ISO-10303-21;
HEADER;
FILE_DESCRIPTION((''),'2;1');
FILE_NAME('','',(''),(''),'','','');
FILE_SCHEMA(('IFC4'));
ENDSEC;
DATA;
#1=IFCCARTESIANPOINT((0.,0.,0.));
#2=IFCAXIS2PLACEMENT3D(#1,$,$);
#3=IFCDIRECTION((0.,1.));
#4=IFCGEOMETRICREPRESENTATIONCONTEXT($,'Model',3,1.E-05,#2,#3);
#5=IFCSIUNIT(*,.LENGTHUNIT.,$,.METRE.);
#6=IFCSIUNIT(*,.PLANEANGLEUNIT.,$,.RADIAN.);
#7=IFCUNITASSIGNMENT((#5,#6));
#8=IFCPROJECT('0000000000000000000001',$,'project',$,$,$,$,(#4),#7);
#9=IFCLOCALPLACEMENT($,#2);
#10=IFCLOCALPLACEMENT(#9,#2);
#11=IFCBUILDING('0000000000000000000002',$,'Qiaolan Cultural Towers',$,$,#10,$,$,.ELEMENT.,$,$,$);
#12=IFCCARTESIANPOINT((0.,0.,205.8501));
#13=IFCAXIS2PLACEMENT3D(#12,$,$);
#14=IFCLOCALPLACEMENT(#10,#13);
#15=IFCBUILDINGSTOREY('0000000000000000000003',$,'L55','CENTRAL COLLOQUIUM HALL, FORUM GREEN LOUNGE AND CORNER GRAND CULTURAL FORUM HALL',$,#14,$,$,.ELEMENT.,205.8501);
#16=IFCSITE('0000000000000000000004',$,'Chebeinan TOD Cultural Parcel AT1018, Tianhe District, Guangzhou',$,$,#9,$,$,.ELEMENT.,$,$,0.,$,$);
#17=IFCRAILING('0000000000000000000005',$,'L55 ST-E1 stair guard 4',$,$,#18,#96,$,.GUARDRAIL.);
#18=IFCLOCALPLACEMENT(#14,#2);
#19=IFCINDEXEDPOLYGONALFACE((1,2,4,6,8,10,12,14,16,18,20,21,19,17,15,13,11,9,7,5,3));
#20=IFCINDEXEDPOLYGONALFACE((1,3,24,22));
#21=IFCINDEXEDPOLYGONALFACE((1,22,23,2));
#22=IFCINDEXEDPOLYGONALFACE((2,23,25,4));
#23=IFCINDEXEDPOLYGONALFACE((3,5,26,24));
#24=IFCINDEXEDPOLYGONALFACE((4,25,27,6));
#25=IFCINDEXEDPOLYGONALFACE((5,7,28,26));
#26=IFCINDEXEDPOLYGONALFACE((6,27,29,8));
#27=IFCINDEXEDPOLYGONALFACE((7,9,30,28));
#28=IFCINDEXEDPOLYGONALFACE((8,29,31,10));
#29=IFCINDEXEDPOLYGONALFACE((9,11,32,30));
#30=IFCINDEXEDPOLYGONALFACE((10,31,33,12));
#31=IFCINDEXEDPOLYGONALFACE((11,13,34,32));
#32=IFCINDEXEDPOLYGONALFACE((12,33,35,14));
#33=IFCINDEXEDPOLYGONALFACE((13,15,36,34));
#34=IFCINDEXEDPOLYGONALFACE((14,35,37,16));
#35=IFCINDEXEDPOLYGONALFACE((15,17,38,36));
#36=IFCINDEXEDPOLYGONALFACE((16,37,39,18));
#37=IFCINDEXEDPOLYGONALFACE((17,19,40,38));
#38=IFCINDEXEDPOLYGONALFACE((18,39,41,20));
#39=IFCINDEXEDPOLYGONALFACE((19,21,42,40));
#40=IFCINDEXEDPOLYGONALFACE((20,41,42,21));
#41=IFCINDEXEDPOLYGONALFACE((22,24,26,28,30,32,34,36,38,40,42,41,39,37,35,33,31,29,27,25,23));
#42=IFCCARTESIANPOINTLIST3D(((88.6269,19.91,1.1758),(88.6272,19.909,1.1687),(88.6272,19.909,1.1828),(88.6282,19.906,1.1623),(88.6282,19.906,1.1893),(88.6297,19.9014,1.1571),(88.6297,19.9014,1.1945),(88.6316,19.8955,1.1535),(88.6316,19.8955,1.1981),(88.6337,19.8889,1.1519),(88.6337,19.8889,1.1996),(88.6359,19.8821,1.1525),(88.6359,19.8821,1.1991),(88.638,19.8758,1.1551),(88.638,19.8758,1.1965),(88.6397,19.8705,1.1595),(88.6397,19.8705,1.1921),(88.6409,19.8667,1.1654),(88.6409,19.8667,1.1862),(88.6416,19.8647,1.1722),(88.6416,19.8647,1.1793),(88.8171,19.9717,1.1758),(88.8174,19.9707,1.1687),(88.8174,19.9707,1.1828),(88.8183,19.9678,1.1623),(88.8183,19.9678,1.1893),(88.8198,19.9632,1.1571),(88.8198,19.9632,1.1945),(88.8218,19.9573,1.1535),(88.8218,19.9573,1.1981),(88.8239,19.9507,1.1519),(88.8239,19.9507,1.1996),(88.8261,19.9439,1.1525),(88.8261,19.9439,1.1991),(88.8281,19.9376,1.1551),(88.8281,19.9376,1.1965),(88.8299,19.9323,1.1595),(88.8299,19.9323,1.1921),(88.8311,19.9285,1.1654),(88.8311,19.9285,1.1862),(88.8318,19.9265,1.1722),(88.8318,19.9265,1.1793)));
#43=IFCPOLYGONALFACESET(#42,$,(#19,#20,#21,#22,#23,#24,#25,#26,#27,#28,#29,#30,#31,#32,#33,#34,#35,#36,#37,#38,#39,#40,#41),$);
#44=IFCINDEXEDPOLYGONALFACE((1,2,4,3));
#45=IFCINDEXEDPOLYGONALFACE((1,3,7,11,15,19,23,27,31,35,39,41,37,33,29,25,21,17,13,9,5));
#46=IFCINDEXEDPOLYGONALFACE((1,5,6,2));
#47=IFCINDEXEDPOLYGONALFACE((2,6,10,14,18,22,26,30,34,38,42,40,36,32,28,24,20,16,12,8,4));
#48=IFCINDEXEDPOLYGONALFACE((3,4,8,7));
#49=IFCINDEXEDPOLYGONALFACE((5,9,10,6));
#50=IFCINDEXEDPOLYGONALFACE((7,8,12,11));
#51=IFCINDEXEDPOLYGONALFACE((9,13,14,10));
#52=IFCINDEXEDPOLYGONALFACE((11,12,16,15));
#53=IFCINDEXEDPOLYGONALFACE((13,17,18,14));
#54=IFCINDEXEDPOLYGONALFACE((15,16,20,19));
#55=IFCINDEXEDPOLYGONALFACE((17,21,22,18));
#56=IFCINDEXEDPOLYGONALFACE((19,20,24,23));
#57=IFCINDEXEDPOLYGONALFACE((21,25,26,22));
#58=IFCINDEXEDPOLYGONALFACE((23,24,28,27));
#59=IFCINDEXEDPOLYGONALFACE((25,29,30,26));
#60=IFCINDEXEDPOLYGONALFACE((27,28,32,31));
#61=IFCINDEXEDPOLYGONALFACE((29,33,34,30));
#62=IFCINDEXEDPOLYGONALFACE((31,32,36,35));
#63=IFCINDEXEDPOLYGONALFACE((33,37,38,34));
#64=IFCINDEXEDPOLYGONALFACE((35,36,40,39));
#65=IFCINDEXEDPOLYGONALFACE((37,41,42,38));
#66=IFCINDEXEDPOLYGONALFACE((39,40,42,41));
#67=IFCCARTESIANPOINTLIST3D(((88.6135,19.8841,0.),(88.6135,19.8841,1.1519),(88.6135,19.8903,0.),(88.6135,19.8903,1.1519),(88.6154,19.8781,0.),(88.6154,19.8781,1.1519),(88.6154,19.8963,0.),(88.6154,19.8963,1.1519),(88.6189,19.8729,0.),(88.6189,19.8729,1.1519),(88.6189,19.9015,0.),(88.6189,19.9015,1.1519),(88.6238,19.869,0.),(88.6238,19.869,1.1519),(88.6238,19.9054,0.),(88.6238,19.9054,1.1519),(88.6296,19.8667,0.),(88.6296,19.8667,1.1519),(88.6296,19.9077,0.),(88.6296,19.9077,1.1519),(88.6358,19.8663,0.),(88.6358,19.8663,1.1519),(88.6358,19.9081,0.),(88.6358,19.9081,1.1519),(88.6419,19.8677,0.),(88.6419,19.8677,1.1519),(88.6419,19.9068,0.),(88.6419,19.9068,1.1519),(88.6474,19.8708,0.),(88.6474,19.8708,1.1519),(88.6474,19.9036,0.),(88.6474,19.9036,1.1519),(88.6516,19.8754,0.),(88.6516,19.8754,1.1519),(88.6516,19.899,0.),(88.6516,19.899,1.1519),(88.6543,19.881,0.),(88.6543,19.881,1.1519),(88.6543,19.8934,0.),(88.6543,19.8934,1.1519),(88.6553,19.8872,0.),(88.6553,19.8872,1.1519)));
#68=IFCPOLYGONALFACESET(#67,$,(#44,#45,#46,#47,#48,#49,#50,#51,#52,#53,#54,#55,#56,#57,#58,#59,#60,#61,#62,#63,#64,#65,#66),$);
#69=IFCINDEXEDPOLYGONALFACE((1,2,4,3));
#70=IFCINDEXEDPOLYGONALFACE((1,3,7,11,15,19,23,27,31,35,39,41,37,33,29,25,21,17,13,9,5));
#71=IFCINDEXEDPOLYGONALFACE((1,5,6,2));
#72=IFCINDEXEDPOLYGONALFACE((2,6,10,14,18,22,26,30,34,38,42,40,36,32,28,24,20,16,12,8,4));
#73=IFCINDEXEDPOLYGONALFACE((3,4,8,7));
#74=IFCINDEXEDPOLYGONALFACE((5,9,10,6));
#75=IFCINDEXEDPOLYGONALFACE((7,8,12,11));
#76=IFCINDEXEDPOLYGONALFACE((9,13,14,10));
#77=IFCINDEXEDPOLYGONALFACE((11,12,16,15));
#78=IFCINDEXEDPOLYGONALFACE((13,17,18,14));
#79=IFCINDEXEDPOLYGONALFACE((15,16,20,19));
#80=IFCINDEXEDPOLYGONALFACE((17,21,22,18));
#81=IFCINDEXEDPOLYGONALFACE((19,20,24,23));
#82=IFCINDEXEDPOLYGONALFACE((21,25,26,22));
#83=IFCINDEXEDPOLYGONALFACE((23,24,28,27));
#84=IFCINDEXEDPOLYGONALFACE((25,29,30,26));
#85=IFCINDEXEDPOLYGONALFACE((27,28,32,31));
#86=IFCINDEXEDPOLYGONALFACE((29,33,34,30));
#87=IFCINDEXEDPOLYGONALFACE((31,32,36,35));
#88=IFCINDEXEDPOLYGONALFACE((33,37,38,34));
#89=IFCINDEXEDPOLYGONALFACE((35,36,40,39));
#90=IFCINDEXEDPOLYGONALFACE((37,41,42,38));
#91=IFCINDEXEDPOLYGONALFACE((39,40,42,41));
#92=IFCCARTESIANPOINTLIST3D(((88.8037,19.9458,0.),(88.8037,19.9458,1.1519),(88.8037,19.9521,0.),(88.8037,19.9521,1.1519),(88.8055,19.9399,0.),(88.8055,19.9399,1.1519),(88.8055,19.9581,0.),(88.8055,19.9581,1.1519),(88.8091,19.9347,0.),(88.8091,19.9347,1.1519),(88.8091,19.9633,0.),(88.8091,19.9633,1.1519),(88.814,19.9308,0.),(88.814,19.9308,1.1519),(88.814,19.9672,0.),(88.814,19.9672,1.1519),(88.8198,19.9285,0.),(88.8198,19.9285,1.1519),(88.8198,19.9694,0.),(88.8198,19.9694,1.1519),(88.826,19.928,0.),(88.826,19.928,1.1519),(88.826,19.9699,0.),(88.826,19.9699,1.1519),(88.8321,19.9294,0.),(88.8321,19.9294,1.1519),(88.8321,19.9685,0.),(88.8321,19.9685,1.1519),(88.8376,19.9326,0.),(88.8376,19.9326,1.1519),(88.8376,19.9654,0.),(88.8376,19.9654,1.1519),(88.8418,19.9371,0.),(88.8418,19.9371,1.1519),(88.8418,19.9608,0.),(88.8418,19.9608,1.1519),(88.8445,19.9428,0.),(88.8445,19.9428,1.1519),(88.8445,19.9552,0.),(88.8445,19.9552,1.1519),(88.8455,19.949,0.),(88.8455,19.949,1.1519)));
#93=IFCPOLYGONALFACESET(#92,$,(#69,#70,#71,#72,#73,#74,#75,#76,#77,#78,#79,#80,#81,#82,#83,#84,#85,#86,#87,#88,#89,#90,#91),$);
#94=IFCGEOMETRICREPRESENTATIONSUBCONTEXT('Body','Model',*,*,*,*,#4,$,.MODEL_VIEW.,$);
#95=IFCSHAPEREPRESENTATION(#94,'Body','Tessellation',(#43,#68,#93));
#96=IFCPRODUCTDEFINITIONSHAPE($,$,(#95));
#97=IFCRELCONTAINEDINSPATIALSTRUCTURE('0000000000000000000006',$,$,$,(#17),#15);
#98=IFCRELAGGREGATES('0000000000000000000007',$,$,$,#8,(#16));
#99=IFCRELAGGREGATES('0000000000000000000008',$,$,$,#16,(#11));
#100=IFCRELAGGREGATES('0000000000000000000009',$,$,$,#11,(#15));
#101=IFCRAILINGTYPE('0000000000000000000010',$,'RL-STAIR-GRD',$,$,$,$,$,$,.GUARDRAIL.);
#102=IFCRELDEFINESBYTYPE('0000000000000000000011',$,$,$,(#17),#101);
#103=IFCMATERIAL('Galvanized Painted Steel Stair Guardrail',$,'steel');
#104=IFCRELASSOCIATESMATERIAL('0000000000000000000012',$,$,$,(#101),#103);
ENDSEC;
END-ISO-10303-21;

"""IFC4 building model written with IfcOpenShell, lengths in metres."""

from ifc_helpers import new_model, si_unit, direction, frame, origin, origin_2d, place, context, subcontext, project, spatial, circle, extrude, material, type_object, element, save


model = new_model("IFC4")

# Units and contexts
model_context = context("Model", 3, precision=1e-05, world=origin(), true_north=direction((0.0, 1.0)))
body_context = subcontext(model_context, "Body", "Model", "MODEL_VIEW")
ifc_project = project(units=[si_unit("LENGTHUNIT", "METRE"), si_unit("PLANEANGLEUNIT", "RADIAN")], contexts=[model_context])

# Site, building, storey
site_placement = place(None, origin())
site = spatial("IfcSite", under=ifc_project, at=site_placement, Name="Chebeinan TOD Cultural Parcel AT1018, Tianhe District, Guangzhou", CompositionType="ELEMENT", RefElevation=0.0)
building_placement = place(site_placement, origin())
building = spatial("IfcBuilding", under=site, at=building_placement, Name="Qiaolan Cultural Towers", CompositionType="ELEMENT")
storey_placement = place(building_placement, frame((0.0, 0.0, 205.8501)))
storey = spatial("IfcBuildingStorey", under=building, at=storey_placement, Name="L55", Description="CENTRAL COLLOQUIUM HALL, FORUM GREEN LOUNGE AND CORNER GRAND CULTURAL FORUM HALL", CompositionType="ELEMENT", Elevation=205.8501)

# Railing
ifc_material_1 = material(Name="Galvanized Painted Steel Stair Guardrail", Category="steel")
railing_type_1 = type_object("IfcRailingType", Name="RL-STAIR-GRD", PredefinedType="GUARDRAIL", material=ifc_material_1)
railing_1_placement = place(storey_placement, frame((88.6343, 19.8872, 0.0)))
element("IfcRailing", 1, at=railing_1_placement, inside=storey, type_object=railing_type_1, Name="L55 ST-E1 stair guard 4", PredefinedType="GUARDRAIL", context=body_context, shape_type="SweptSolid", body=[
    extrude(circle(Radius=0.0239, at=origin_2d()), frame((0.0, 0.0, 1.1758), z_axis=(0.951097, 0.308893, 0.0), x_axis=(-0.308893, 0.951097, 0.0)), (0.0, 0.0, 1.0), 0.2),
    extrude(circle(Radius=0.021, at=origin_2d()), origin(), (0.0, 0.0, 1.0), 1.1519),
    extrude(circle(Radius=0.021, at=origin_2d()), frame((0.1902, 0.0618, 0.0)), (0.0, 0.0, 1.0), 1.1519),
])

save(model, "model.ifc")
